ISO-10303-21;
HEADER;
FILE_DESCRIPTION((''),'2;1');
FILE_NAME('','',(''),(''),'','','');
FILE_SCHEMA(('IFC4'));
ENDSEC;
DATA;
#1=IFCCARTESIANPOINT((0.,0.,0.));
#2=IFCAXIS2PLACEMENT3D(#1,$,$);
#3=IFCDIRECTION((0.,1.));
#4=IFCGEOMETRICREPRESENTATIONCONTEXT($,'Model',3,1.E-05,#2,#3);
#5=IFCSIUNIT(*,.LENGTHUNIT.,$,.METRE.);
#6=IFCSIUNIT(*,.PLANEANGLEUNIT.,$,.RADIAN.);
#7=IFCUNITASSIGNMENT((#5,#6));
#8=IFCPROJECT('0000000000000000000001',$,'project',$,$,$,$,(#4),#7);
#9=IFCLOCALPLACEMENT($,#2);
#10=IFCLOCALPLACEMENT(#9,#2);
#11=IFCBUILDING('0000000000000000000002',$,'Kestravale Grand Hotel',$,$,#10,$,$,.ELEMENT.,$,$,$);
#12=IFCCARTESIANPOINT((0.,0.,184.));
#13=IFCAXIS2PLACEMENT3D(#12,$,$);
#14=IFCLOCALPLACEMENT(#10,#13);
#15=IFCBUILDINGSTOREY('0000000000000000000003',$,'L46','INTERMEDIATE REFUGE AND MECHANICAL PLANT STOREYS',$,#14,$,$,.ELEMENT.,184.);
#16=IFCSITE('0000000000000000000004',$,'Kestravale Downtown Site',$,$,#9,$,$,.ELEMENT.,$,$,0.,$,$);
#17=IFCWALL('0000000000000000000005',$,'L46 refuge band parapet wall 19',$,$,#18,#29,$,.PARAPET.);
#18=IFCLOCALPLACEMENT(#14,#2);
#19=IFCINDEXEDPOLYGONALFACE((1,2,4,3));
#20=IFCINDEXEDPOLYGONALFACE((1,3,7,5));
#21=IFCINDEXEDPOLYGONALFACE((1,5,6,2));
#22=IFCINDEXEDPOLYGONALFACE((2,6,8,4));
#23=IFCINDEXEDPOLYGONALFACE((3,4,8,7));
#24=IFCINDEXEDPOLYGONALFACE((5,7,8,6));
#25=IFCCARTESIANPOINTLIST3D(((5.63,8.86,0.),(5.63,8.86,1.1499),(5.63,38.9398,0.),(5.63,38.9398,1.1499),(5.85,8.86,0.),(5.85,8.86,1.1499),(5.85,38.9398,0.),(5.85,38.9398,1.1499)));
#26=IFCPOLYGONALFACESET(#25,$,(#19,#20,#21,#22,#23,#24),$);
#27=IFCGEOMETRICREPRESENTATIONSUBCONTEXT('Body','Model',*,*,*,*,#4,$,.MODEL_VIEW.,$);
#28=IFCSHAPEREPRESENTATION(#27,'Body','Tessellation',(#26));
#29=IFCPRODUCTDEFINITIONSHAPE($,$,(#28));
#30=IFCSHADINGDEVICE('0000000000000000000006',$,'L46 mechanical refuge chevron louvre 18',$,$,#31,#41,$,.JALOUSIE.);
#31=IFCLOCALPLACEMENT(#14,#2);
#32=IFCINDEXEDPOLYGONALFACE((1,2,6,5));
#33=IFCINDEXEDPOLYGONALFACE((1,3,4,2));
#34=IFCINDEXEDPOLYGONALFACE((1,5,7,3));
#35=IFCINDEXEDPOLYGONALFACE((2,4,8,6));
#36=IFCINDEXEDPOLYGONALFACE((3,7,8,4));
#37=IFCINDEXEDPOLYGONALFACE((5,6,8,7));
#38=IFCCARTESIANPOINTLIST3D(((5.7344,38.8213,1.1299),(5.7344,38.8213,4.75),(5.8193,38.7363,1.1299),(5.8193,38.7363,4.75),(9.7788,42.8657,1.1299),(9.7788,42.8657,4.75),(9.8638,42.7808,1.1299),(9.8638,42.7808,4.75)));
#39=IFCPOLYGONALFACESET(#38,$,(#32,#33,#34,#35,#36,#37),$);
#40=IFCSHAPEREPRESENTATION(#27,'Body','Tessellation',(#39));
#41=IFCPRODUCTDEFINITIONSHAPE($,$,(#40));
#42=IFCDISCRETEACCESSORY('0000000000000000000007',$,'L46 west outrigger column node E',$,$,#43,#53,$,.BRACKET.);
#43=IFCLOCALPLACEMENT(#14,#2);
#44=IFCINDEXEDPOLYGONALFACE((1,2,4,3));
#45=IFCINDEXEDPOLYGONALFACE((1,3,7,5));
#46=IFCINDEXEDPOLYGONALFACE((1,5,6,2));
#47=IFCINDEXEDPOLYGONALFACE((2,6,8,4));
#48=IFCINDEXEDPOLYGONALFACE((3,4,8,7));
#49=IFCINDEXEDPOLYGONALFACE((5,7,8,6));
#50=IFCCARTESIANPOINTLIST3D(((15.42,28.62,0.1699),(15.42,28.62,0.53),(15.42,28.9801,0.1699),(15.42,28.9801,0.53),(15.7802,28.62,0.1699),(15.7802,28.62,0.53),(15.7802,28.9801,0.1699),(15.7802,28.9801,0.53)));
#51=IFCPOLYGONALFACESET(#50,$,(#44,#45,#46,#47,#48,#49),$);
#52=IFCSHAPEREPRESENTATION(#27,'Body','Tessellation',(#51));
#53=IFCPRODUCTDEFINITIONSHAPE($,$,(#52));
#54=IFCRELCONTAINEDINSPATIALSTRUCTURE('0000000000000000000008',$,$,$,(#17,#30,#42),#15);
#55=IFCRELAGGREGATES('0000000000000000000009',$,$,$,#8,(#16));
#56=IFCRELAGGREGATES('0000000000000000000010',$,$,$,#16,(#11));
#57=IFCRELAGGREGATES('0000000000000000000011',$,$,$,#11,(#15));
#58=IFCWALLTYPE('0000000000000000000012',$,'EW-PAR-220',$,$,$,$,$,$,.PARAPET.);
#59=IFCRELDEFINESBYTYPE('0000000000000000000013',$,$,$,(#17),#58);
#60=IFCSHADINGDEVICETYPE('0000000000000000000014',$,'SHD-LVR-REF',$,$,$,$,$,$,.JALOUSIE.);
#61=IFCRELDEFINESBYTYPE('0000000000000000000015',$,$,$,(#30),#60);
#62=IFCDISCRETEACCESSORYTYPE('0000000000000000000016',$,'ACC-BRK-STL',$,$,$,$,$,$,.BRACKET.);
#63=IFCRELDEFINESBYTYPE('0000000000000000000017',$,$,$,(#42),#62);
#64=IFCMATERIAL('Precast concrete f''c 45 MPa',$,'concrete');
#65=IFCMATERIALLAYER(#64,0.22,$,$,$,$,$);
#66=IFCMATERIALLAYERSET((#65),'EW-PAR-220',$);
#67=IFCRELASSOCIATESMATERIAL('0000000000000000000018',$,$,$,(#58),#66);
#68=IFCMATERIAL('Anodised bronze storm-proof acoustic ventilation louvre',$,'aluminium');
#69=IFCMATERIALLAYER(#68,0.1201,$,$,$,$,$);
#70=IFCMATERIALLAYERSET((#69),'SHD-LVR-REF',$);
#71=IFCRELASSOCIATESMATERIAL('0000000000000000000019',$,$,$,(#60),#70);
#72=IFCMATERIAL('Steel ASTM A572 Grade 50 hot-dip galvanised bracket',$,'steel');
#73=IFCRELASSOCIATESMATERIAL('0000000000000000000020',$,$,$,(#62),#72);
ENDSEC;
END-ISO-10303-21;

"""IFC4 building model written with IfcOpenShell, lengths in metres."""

from ifc_helpers import new_model, si_unit, direction, frame, frame_2d, origin, origin_2d, place, context, subcontext, project, spatial, rectangle, extrude, material, layer, layer_set, type_object, element, save


model = new_model("IFC4")

# Units and contexts
model_context = context("Model", 3, precision=1e-05, world=origin(), true_north=direction((0.0, 1.0)))
body_context = subcontext(model_context, "Body", "Model", "MODEL_VIEW")
ifc_project = project(units=[si_unit("LENGTHUNIT", "METRE"), si_unit("PLANEANGLEUNIT", "RADIAN")], contexts=[model_context])

# Site, building, storey
site_placement = place(None, origin())
site = spatial("IfcSite", under=ifc_project, at=site_placement, Name="Kestravale Downtown Site", CompositionType="ELEMENT", RefElevation=0.0)
building_placement = place(site_placement, origin())
building = spatial("IfcBuilding", under=site, at=building_placement, Name="Kestravale Grand Hotel", CompositionType="ELEMENT")
storey_placement = place(building_placement, frame((0.0, 0.0, 184.0)))
storey = spatial("IfcBuildingStorey", under=building, at=storey_placement, Name="L46", Description="INTERMEDIATE REFUGE AND MECHANICAL PLANT STOREYS", CompositionType="ELEMENT", Elevation=184.0)

# Wall
ifc_material_1 = material(Name="Precast concrete f'c 45 MPa", Category="concrete")
ifc_layer_1 = layer(ifc_material_1, 0.22)
ifc_layer_set_1 = layer_set([ifc_layer_1], Name="EW-PAR-220")
wall_type = type_object("IfcWallType", Name="EW-PAR-220", PredefinedType="PARAPET", material=ifc_layer_set_1)
wall_1_placement = place(storey_placement, frame((5.74, 38.9399, 0.0), z_axis=(0.0, 0.0, 1.0), x_axis=(0.0, -1.0, 0.0)))
element("IfcWall", 1, at=wall_1_placement, inside=storey, type_object=wall_type, Name="L46 refuge band parapet wall 19", PredefinedType="PARAPET", context=body_context, shape_type="SweptSolid", body=[
    extrude(rectangle(XDim=30.0798, YDim=0.22, at=frame_2d((15.04, 0.0))), origin(), (0.0, 0.0, 1.0), 1.1499),
])

# Shading device
ifc_material_2 = material(Name="Anodised bronze storm-proof acoustic ventilation louvre", Category="aluminium")
ifc_layer_2 = layer(ifc_material_2, 0.1201)
ifc_layer_set_2 = layer_set([ifc_layer_2], Name="SHD-LVR-REF")
shading_device_type = type_object("IfcShadingDeviceType", Name="SHD-LVR-REF", PredefinedType="JALOUSIE", material=ifc_layer_set_2)
shading_device_placement = place(storey_placement, frame((7.7991, 40.801, 1.1299), z_axis=(0.0, 0.0, 1.0), x_axis=(-0.707107, -0.707107, 0.0)))
element("IfcShadingDevice", 2, at=shading_device_placement, inside=storey, type_object=shading_device_type, Name="L46 mechanical refuge chevron louvre 18", PredefinedType="JALOUSIE", context=body_context, shape_type="SweptSolid", body=[
    extrude(rectangle(XDim=5.7197, YDim=0.1201, at=origin_2d()), origin(), (0.0, 0.0, 1.0), 3.6201),
])

# Discrete accessory
ifc_material_3 = material(Name="Steel ASTM A572 Grade 50 hot-dip galvanised bracket", Category="steel")
discrete_accessory_type = type_object("IfcDiscreteAccessoryType", Name="ACC-BRK-STL", PredefinedType="BRACKET", material=ifc_material_3)
discrete_accessory_placement = place(storey_placement, frame((15.6001, 28.8, 0.1699), z_axis=(0.0, 0.0, 1.0), x_axis=(1.0, 0.0, 0.0)))
element("IfcDiscreteAccessory", 3, at=discrete_accessory_placement, inside=storey, type_object=discrete_accessory_type, Name="L46 west outrigger column node E", PredefinedType="BRACKET", context=body_context, shape_type="SweptSolid", body=[
    extrude(rectangle(XDim=0.3601, YDim=0.3601, at=origin_2d()), origin(), (0.0, 0.0, 1.0), 0.3601),
])

save(model, "model.ifc")
